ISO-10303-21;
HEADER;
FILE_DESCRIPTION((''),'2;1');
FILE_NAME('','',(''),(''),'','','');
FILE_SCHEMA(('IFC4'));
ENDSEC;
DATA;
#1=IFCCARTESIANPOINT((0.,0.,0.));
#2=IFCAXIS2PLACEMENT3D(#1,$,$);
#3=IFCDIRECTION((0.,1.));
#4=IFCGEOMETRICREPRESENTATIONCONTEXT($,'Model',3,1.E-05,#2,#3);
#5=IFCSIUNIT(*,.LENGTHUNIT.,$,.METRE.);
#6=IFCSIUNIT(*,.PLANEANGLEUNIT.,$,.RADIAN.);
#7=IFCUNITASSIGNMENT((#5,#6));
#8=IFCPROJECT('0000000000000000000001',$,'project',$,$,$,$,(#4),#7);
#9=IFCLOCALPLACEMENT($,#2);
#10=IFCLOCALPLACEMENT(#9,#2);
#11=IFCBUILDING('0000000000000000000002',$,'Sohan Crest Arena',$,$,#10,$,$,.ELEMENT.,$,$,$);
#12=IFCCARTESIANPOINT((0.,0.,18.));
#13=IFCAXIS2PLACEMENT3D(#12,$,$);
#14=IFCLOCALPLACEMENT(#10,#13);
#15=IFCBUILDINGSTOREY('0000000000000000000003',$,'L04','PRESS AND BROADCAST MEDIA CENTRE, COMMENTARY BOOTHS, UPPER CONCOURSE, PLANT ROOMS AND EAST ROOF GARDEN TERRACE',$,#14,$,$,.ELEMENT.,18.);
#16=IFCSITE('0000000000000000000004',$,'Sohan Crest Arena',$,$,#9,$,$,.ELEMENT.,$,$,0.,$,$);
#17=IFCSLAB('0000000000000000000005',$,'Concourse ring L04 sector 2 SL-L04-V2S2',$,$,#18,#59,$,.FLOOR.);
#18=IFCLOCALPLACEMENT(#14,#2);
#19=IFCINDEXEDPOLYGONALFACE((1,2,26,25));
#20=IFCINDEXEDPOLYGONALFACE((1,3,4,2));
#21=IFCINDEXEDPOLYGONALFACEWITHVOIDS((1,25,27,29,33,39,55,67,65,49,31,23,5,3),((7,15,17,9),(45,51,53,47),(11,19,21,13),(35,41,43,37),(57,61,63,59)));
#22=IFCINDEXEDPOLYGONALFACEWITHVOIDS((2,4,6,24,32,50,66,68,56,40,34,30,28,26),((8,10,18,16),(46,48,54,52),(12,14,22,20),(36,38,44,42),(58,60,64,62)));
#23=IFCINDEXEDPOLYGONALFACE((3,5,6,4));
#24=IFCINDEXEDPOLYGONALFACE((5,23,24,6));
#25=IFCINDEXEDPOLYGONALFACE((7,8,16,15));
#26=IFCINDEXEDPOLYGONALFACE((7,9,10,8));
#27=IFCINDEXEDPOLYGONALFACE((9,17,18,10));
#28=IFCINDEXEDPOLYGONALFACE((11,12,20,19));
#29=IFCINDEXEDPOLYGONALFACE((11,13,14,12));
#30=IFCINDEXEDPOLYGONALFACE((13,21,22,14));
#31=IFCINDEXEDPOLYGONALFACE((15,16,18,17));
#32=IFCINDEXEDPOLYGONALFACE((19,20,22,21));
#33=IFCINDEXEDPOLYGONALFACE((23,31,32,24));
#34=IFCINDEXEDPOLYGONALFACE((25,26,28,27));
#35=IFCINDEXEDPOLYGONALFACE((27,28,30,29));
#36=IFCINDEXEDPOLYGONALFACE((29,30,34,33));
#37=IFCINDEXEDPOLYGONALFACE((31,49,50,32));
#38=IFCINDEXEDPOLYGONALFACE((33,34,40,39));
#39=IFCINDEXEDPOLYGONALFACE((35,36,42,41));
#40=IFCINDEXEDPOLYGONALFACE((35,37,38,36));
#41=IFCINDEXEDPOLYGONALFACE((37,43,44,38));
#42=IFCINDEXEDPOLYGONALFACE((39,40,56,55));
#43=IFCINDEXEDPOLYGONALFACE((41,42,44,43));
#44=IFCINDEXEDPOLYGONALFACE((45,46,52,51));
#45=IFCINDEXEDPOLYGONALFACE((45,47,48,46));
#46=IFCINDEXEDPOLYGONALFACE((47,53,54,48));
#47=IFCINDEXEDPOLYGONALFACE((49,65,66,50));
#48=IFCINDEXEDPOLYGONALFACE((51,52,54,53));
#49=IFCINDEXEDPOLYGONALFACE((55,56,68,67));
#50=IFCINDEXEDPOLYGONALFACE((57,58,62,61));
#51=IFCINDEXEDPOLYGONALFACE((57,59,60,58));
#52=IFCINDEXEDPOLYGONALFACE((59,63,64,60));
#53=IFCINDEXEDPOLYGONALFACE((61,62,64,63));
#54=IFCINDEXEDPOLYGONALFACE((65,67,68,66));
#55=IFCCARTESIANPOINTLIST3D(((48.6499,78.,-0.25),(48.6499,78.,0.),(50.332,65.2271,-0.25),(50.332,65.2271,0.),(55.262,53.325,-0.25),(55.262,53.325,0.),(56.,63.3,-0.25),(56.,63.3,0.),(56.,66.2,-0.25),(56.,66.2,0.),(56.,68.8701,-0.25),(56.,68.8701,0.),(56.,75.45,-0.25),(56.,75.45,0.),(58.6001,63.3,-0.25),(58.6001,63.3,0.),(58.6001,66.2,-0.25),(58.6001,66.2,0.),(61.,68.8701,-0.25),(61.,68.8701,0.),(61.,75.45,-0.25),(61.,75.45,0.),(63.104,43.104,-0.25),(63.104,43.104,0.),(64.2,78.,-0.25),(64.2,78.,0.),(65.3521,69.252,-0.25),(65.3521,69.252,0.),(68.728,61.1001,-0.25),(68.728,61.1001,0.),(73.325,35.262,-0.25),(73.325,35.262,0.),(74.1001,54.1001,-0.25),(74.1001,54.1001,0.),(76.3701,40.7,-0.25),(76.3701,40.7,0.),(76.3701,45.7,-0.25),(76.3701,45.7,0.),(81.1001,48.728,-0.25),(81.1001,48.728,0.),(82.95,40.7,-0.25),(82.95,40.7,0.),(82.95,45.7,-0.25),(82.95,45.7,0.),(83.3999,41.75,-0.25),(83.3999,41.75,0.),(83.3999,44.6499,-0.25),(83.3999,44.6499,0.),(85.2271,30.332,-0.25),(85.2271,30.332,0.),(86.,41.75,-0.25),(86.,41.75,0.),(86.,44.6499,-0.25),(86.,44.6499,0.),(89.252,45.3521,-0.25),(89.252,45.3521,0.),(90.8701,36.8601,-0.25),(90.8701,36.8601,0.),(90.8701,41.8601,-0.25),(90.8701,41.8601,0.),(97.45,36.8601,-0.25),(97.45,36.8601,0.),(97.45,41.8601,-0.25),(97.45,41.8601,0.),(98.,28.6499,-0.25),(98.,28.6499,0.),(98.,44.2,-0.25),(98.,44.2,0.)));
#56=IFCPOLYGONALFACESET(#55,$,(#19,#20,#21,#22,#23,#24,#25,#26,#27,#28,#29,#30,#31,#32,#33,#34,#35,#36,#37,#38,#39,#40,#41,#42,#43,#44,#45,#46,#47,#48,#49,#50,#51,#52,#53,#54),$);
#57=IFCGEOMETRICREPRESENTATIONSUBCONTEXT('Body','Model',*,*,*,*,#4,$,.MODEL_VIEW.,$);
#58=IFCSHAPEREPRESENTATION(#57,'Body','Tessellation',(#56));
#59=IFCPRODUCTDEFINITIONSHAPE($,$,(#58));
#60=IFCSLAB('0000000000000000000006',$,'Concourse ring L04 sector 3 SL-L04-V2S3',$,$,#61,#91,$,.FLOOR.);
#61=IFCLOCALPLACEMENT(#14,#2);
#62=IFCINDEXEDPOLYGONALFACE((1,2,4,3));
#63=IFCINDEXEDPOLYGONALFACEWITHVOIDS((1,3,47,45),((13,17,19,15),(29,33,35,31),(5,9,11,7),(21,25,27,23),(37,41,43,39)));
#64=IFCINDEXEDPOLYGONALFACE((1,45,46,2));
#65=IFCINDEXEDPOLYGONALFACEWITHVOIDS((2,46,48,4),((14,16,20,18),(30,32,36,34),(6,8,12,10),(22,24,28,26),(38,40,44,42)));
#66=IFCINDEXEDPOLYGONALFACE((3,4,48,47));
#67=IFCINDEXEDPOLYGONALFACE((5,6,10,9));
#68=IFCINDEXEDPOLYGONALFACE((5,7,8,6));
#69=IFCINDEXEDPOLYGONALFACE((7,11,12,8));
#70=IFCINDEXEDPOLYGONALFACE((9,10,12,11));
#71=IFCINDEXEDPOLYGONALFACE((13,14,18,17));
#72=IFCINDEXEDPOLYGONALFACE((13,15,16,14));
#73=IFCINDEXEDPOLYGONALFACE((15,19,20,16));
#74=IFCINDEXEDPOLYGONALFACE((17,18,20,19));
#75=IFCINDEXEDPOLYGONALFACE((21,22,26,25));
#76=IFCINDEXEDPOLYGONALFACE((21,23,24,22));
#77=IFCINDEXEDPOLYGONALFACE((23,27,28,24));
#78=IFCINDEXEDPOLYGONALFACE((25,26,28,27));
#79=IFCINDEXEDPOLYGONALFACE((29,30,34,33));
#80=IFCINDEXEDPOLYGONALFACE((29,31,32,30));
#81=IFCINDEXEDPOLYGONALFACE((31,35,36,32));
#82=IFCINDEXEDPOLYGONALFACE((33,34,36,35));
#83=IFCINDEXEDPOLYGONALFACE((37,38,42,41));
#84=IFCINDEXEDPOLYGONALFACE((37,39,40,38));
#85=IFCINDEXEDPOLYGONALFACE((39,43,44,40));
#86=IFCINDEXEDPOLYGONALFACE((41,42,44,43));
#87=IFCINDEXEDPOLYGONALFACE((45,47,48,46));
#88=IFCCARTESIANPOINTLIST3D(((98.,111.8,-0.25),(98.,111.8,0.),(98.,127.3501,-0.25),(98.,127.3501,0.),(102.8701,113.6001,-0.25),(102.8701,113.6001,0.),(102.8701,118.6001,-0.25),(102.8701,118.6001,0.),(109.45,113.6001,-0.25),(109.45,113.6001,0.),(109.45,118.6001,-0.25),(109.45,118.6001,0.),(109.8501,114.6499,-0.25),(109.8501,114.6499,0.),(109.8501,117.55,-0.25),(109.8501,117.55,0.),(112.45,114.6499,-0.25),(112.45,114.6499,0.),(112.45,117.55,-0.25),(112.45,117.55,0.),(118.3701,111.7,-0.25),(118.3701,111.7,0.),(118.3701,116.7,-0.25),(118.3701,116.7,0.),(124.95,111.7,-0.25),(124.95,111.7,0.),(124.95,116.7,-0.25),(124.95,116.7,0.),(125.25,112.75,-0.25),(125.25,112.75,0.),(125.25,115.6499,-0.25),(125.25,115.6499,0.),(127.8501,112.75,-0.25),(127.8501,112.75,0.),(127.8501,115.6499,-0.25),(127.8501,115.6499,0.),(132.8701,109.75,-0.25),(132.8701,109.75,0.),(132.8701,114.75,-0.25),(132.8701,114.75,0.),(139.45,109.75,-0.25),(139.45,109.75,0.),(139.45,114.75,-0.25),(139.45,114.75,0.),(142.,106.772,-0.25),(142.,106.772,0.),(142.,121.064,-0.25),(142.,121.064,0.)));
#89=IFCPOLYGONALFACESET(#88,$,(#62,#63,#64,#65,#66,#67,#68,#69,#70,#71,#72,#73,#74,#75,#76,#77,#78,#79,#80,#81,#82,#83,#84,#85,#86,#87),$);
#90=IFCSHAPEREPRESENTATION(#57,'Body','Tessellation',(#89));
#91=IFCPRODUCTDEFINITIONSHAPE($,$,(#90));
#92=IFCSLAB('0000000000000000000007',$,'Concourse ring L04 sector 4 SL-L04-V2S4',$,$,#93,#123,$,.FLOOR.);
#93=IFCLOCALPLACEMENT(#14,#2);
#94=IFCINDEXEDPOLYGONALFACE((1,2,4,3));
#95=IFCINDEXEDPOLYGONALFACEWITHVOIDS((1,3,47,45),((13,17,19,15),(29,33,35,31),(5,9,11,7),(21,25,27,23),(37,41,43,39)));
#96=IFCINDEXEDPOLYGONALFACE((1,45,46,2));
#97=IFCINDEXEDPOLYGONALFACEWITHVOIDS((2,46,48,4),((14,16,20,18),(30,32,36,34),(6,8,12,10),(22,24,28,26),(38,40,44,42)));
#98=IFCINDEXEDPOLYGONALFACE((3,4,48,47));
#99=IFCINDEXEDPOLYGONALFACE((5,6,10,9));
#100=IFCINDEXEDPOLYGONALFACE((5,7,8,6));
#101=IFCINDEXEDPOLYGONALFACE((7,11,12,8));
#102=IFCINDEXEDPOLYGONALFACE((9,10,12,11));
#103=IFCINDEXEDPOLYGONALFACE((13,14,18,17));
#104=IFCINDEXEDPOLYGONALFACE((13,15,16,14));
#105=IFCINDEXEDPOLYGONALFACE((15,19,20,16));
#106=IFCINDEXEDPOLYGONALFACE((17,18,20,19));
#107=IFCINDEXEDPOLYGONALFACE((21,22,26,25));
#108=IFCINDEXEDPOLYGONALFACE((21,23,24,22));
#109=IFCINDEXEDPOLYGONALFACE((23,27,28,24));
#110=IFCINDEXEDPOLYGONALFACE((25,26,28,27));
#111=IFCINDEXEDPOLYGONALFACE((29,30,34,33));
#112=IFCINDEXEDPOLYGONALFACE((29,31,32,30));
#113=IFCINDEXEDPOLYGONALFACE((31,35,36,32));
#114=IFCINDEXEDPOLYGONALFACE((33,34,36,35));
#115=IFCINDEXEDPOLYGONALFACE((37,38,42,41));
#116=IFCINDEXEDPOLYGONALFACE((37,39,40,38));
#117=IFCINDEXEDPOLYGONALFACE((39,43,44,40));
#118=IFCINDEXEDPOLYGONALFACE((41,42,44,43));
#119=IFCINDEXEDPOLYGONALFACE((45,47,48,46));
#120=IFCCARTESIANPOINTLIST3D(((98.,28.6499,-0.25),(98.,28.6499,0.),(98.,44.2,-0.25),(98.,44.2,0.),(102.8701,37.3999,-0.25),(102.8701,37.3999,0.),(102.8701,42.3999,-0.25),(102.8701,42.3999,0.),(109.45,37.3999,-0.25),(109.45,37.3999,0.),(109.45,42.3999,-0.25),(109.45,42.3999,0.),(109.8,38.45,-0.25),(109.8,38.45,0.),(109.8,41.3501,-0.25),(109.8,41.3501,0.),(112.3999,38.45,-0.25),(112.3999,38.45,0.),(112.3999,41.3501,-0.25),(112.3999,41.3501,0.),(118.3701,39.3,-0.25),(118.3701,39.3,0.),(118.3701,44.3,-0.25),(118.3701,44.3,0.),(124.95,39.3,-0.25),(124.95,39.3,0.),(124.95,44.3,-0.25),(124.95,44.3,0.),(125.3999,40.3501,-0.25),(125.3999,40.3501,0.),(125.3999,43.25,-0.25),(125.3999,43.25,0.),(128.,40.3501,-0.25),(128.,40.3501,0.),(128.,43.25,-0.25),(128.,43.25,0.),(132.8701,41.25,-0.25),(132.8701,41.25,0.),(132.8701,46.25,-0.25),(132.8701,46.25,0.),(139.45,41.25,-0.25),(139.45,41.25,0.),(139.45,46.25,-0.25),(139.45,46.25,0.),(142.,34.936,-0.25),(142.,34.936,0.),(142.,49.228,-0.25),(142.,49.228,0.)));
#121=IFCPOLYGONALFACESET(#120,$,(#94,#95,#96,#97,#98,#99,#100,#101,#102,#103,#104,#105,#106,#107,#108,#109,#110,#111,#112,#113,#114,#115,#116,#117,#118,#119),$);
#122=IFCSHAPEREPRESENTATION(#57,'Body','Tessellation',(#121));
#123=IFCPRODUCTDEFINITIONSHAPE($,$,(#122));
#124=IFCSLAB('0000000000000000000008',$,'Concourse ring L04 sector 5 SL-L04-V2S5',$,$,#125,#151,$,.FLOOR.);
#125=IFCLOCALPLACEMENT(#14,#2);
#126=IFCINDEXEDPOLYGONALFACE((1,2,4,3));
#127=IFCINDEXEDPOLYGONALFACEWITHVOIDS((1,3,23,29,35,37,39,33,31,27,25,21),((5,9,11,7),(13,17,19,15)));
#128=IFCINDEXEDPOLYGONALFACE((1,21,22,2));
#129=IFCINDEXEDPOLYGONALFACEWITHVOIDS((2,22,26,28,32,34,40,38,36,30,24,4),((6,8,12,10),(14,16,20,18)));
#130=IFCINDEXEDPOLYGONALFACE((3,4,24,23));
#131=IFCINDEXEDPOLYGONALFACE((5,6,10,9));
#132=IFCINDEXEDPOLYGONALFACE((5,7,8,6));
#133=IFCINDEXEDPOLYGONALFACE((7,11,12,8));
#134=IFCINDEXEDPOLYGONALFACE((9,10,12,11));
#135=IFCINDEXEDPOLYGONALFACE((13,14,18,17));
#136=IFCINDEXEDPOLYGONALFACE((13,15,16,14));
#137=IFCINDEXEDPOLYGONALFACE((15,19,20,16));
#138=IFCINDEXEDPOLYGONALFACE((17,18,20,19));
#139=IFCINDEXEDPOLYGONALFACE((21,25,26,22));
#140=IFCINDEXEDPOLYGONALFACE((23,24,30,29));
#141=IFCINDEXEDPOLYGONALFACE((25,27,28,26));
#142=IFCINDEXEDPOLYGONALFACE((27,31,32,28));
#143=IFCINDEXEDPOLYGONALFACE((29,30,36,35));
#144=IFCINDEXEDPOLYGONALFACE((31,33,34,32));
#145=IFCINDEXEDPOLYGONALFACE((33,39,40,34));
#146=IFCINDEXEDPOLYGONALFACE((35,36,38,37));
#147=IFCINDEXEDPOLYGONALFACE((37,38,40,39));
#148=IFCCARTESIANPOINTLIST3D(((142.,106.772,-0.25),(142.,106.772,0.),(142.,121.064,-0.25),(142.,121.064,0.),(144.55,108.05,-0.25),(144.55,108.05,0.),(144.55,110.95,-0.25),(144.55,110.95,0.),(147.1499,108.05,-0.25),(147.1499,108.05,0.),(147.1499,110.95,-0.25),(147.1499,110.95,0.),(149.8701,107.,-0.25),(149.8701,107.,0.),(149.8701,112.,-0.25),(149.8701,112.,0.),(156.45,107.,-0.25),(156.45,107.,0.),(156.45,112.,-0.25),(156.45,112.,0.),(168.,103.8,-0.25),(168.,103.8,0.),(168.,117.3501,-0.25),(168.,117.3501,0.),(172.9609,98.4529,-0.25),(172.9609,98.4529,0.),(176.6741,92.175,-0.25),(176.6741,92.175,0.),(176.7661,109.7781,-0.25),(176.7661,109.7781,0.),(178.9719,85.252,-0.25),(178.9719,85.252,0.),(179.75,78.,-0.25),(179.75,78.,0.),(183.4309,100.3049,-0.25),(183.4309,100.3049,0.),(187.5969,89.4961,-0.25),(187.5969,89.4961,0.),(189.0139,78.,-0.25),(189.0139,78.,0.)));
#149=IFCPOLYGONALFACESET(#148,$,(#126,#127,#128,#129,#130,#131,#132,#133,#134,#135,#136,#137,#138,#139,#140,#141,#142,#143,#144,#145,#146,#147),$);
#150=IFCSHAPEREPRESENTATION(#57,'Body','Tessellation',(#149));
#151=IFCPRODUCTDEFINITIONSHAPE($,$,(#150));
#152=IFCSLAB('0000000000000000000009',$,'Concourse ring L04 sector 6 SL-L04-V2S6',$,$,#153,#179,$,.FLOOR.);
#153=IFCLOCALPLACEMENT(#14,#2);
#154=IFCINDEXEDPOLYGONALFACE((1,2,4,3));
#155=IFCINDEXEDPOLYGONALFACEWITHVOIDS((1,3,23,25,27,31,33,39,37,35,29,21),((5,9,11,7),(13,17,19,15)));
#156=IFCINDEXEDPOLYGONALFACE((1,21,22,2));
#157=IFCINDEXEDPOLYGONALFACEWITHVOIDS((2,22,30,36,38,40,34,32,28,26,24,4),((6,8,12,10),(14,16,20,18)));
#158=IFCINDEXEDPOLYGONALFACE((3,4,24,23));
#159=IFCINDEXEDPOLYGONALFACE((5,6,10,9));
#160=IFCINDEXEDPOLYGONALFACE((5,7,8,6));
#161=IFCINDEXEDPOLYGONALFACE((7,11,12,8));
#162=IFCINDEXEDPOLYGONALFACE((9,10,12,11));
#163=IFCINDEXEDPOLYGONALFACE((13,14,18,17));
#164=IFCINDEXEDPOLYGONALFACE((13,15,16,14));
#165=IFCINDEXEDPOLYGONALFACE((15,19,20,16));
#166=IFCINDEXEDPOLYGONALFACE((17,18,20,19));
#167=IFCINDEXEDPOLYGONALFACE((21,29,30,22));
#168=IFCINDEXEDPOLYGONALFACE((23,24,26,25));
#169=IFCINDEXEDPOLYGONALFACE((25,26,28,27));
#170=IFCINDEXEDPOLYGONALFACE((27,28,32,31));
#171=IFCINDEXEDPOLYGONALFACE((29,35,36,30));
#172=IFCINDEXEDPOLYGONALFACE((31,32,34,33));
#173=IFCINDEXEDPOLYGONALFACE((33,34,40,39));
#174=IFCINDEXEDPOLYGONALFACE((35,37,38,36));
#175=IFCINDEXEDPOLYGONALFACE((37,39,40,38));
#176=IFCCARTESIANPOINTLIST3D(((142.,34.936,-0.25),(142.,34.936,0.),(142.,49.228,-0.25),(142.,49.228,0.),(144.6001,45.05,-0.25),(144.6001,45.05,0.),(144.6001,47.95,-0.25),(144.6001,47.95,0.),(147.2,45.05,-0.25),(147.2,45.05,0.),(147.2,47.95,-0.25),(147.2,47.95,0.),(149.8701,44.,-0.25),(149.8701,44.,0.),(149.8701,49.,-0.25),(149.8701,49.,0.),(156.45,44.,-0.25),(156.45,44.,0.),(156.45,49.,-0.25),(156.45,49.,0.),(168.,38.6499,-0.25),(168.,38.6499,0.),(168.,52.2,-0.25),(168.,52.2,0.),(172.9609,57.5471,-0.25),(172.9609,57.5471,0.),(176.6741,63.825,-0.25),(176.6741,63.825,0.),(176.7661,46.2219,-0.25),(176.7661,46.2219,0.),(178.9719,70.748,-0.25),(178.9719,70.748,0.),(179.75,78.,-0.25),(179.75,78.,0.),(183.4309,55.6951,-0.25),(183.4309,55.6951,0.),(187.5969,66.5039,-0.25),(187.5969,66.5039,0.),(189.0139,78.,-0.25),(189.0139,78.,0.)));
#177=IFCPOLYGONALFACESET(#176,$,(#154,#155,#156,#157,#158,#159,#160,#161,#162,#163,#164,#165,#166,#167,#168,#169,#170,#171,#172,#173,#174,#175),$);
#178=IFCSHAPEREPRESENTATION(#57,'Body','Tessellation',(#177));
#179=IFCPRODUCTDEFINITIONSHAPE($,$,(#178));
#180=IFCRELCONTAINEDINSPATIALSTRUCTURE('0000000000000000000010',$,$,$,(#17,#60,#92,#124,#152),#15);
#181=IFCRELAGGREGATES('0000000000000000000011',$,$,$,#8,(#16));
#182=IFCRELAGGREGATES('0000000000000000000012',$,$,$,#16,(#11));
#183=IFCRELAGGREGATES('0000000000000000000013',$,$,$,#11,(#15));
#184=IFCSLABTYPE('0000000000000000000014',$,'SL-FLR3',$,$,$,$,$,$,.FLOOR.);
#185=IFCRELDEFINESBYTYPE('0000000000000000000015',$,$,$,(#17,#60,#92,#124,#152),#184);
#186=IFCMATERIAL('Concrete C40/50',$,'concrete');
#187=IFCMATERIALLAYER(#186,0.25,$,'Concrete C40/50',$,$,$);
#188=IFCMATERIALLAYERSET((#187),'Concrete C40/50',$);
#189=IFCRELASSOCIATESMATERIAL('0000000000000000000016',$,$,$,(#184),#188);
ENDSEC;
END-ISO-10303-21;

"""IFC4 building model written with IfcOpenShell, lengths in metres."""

from ifc_helpers import new_model, si_unit, direction, frame, origin, place, context, subcontext, project, spatial, polyline, outline, extrude, material, layer, layer_set, type_object, element, save


model = new_model("IFC4")

# Units and contexts
model_context = context("Model", 3, precision=1e-05, world=origin(), true_north=direction((0.0, 1.0)))
body_context = subcontext(model_context, "Body", "Model", "MODEL_VIEW")
ifc_project = project(units=[si_unit("LENGTHUNIT", "METRE"), si_unit("PLANEANGLEUNIT", "RADIAN")], contexts=[model_context])

# Site, building, storey
site_placement = place(None, origin())
site = spatial("IfcSite", under=ifc_project, at=site_placement, Name="Sohan Crest Arena", CompositionType="ELEMENT", RefElevation=0.0)
building_placement = place(site_placement, origin())
building = spatial("IfcBuilding", under=site, at=building_placement, Name="Sohan Crest Arena", CompositionType="ELEMENT")
storey_placement = place(building_placement, frame((0.0, 0.0, 18.0)))
storey = spatial("IfcBuildingStorey", under=building, at=storey_placement, Name="L04", Description="PRESS AND BROADCAST MEDIA CENTRE, COMMENTARY BOOTHS, UPPER CONCOURSE, PLANT ROOMS AND EAST ROOF GARDEN TERRACE", CompositionType="ELEMENT", Elevation=18.0)

# Slabs
ifc_material_1 = material(Name="Concrete C40/50", Category="concrete")
ifc_layer_1 = layer(ifc_material_1, 0.25, Name="Concrete C40/50")
ifc_layer_set_1 = layer_set([ifc_layer_1], Name="Concrete C40/50")
slab_type_1 = type_object("IfcSlabType", Name="SL-FLR3", PredefinedType="FLOOR", material=ifc_layer_set_1)
slab_1_placement = place(storey_placement, frame((0.0, 0.0, -0.25)))
element("IfcSlab", 1, at=slab_1_placement, inside=storey, type_object=slab_type_1, Name="Concourse ring L04 sector 2 SL-L04-V2S2", PredefinedType="FLOOR", context=body_context, shape_type="SweptSolid", body=[
    extrude(outline(polyline([(63.104, 43.104), (55.262, 53.325), (50.332, 65.2271), (48.6499, 78.0), (64.2, 78.0), (65.3521, 69.252), (68.728, 61.1001), (74.1001, 54.1001), (81.1001, 48.728), (89.252, 45.3521), (98.0, 44.2), (98.0, 28.6499), (85.2271, 30.332), (73.325, 35.262), (63.104, 43.104)]), holes=[polyline([(61.0, 75.45), (56.0, 75.45), (56.0, 68.8701), (61.0, 68.8701), (61.0, 75.45)]), polyline([(58.6001, 63.3), (58.6001, 66.2), (56.0, 66.2), (56.0, 63.3), (58.6001, 63.3)]), polyline([(82.95, 45.7), (76.3701, 45.7), (76.3701, 40.7), (82.95, 40.7), (82.95, 45.7)]), polyline([(86.0, 41.75), (86.0, 44.6499), (83.3999, 44.6499), (83.3999, 41.75), (86.0, 41.75)]), polyline([(97.45, 41.8601), (90.8701, 41.8601), (90.8701, 36.8601), (97.45, 36.8601), (97.45, 41.8601)])]), origin(), (0.0, 0.0, 1.0), 0.25),
])
slab_2_placement = place(storey_placement, frame((0.0, 0.0, -0.25)))
element("IfcSlab", 2, at=slab_2_placement, inside=storey, type_object=slab_type_1, Name="Concourse ring L04 sector 3 SL-L04-V2S3", PredefinedType="FLOOR", context=body_context, shape_type="SweptSolid", body=[
    extrude(outline(polyline([(98.0, 127.3501), (142.0, 121.064), (142.0, 106.772), (98.0, 111.8), (98.0, 127.3501)]), holes=[polyline([(102.8701, 113.6001), (109.45, 113.6001), (109.45, 118.6001), (102.8701, 118.6001), (102.8701, 113.6001)]), polyline([(109.8501, 117.55), (109.8501, 114.6499), (112.45, 114.6499), (112.45, 117.55), (109.8501, 117.55)]), polyline([(118.3701, 111.7), (124.95, 111.7), (124.95, 116.7), (118.3701, 116.7), (118.3701, 111.7)]), polyline([(125.25, 115.6499), (125.25, 112.75), (127.8501, 112.75), (127.8501, 115.6499), (125.25, 115.6499)]), polyline([(132.8701, 114.75), (132.8701, 109.75), (139.45, 109.75), (139.45, 114.75), (132.8701, 114.75)])]), origin(), (0.0, 0.0, 1.0), 0.25),
])
slab_3_placement = place(storey_placement, frame((0.0, 0.0, -0.25)))
element("IfcSlab", 3, at=slab_3_placement, inside=storey, type_object=slab_type_1, Name="Concourse ring L04 sector 4 SL-L04-V2S4", PredefinedType="FLOOR", context=body_context, shape_type="SweptSolid", body=[
    extrude(outline(polyline([(142.0, 34.936), (98.0, 28.6499), (98.0, 44.2), (142.0, 49.228), (142.0, 34.936)]), holes=[polyline([(109.45, 42.3999), (102.8701, 42.3999), (102.8701, 37.3999), (109.45, 37.3999), (109.45, 42.3999)]), polyline([(112.3999, 38.45), (112.3999, 41.3501), (109.8, 41.3501), (109.8, 38.45), (112.3999, 38.45)]), polyline([(124.95, 44.3), (118.3701, 44.3), (118.3701, 39.3), (124.95, 39.3), (124.95, 44.3)]), polyline([(128.0, 40.3501), (128.0, 43.25), (125.3999, 43.25), (125.3999, 40.3501), (128.0, 40.3501)]), polyline([(132.8701, 41.25), (139.45, 41.25), (139.45, 46.25), (132.8701, 46.25), (132.8701, 41.25)])]), origin(), (0.0, 0.0, 1.0), 0.25),
])
slab_4_placement = place(storey_placement, frame((0.0, 0.0, -0.25)))
element("IfcSlab", 4, at=slab_4_placement, inside=storey, type_object=slab_type_1, Name="Concourse ring L04 sector 5 SL-L04-V2S5", PredefinedType="FLOOR", context=body_context, shape_type="SweptSolid", body=[
    extrude(outline(polyline([(142.0, 121.064), (168.0, 117.3501), (176.7661, 109.7781), (183.4309, 100.3049), (187.5969, 89.4961), (189.0139, 78.0), (179.75, 78.0), (178.9719, 85.252), (176.6741, 92.175), (172.9609, 98.4529), (168.0, 103.8), (142.0, 106.772), (142.0, 121.064)]), holes=[polyline([(149.8701, 107.0), (156.45, 107.0), (156.45, 112.0), (149.8701, 112.0), (149.8701, 107.0)]), polyline([(144.55, 110.95), (144.55, 108.05), (147.1499, 108.05), (147.1499, 110.95), (144.55, 110.95)])]), origin(), (0.0, 0.0, 1.0), 0.25),
])
slab_5_placement = place(storey_placement, frame((0.0, 0.0, -0.25)))
element("IfcSlab", 5, at=slab_5_placement, inside=storey, type_object=slab_type_1, Name="Concourse ring L04 sector 6 SL-L04-V2S6", PredefinedType="FLOOR", context=body_context, shape_type="SweptSolid", body=[
    extrude(outline(polyline([(187.5969, 66.5039), (183.4309, 55.6951), (176.7661, 46.2219), (168.0, 38.6499), (142.0, 34.936), (142.0, 49.228), (168.0, 52.2), (172.9609, 57.5471), (176.6741, 63.825), (178.9719, 70.748), (179.75, 78.0), (189.0139, 78.0), (187.5969, 66.5039)]), holes=[polyline([(156.45, 49.0), (149.8701, 49.0), (149.8701, 44.0), (156.45, 44.0), (156.45, 49.0)]), polyline([(147.2, 45.05), (147.2, 47.95), (144.6001, 47.95), (144.6001, 45.05), (147.2, 45.05)])]), origin(), (0.0, 0.0, 1.0), 0.25),
])

save(model, "model.ifc")
